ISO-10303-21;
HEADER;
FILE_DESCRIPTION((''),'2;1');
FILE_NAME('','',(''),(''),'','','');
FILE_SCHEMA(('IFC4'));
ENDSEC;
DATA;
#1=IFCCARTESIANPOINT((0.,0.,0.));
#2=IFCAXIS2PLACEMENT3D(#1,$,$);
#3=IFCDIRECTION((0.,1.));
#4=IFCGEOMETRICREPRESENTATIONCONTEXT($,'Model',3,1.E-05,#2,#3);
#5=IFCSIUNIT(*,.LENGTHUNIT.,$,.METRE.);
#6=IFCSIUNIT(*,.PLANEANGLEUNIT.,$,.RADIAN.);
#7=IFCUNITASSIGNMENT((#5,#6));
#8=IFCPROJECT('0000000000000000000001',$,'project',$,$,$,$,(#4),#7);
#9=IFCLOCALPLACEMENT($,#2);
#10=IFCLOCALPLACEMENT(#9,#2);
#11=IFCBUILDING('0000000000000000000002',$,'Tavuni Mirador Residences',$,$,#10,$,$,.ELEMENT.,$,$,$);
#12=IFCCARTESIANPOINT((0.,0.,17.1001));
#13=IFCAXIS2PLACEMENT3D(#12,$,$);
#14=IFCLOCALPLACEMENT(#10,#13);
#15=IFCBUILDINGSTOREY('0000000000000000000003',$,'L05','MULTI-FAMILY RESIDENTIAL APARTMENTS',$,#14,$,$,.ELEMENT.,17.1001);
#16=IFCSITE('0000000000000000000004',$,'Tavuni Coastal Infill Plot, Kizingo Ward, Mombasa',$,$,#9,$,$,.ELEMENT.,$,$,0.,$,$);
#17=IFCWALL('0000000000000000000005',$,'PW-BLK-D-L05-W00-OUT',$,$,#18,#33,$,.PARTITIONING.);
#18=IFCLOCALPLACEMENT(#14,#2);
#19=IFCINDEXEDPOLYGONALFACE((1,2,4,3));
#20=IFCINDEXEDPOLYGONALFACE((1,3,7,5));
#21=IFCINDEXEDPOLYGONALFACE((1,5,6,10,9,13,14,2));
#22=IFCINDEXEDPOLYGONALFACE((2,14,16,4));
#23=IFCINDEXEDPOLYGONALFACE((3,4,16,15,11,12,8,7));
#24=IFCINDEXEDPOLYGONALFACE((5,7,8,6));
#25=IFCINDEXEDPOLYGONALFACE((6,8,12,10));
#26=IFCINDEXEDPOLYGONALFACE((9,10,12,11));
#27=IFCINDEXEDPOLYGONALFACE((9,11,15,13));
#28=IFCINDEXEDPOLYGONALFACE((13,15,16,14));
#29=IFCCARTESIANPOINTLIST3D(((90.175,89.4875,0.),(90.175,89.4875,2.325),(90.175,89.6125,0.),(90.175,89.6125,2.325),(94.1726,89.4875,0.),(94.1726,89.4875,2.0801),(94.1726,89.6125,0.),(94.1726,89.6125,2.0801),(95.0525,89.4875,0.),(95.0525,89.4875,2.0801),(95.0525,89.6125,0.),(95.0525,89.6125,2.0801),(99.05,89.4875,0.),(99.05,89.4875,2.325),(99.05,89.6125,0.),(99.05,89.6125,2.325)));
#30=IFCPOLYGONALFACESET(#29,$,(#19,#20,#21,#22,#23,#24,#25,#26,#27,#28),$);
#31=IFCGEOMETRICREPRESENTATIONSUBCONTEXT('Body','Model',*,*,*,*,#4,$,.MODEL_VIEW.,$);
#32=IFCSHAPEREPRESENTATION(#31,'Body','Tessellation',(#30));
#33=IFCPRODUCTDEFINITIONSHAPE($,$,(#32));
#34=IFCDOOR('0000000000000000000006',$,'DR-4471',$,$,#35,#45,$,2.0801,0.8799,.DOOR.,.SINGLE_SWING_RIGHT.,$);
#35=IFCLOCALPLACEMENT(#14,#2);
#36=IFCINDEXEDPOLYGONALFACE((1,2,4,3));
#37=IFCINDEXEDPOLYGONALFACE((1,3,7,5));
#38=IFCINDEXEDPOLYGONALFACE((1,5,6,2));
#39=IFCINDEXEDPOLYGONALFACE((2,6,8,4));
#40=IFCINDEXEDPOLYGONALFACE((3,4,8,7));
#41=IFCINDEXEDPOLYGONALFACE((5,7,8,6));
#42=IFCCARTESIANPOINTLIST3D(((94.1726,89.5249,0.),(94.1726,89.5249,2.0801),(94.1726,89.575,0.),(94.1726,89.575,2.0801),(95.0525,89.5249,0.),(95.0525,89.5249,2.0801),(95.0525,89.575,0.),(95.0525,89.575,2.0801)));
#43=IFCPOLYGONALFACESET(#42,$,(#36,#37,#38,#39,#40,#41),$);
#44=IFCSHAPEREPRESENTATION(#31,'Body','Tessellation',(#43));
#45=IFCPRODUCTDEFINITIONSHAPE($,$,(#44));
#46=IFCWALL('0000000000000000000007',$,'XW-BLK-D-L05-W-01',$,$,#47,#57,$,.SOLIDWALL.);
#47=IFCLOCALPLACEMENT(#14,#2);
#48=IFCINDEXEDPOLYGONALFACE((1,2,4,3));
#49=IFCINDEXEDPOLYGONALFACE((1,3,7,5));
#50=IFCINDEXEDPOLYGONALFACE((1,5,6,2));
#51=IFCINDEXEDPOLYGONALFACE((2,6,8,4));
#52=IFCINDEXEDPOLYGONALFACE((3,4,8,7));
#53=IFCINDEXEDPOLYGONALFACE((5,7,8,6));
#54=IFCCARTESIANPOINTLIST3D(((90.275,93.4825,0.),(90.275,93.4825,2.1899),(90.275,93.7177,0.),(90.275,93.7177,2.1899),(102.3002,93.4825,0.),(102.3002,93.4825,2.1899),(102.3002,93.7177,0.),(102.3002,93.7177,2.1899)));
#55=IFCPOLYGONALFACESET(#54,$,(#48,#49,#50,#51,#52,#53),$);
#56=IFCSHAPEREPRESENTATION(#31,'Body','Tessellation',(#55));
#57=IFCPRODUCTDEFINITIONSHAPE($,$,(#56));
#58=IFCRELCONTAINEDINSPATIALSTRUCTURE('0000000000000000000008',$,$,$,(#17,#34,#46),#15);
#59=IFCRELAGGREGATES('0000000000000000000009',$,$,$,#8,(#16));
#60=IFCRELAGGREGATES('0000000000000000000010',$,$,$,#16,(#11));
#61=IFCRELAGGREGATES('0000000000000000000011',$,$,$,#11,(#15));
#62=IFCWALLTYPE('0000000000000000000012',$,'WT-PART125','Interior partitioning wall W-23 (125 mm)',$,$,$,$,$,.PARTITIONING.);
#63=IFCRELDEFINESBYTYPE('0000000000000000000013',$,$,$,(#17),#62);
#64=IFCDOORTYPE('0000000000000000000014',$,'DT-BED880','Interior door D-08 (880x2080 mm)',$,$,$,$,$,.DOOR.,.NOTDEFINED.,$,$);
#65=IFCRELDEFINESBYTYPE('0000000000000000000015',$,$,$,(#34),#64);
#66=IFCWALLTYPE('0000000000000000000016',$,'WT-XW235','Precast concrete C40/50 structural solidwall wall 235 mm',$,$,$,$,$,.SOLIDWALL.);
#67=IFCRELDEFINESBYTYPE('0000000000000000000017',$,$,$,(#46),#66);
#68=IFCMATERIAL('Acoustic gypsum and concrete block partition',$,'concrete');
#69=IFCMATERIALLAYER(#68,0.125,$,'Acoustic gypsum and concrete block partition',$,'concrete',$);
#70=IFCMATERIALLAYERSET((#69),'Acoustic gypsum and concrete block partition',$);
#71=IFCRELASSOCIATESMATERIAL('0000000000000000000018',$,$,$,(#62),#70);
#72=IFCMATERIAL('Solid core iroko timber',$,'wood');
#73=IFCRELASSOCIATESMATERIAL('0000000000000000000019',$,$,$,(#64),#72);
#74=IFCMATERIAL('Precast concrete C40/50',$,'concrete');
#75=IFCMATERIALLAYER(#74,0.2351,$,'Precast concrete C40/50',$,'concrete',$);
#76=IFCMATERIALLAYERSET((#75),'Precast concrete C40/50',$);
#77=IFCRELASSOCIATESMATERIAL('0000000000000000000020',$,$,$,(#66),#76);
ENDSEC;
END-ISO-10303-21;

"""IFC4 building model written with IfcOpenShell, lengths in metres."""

from ifc_helpers import new_model, si_unit, direction, frame, frame_2d, origin, place, context, subcontext, project, spatial, rectangle, extrude, material, layer, layer_set, type_object, element, fill, save


model = new_model("IFC4")

# Units and contexts
model_context = context("Model", 3, precision=1e-05, world=origin(), true_north=direction((0.0, 1.0)))
body_context = subcontext(model_context, "Body", "Model", "MODEL_VIEW")
ifc_project = project(units=[si_unit("LENGTHUNIT", "METRE"), si_unit("PLANEANGLEUNIT", "RADIAN")], contexts=[model_context])

# Site, building, storey
site_placement = place(None, origin())
site = spatial("IfcSite", under=ifc_project, at=site_placement, Name="Tavuni Coastal Infill Plot, Kizingo Ward, Mombasa", CompositionType="ELEMENT", RefElevation=0.0)
building_placement = place(site_placement, origin())
building = spatial("IfcBuilding", under=site, at=building_placement, Name="Tavuni Mirador Residences", CompositionType="ELEMENT")
storey_placement = place(building_placement, frame((0.0, 0.0, 17.1001)))
storey = spatial("IfcBuildingStorey", under=building, at=storey_placement, Name="L05", Description="MULTI-FAMILY RESIDENTIAL APARTMENTS", CompositionType="ELEMENT", Elevation=17.1001)

# Shared definitions
ifc_material_1 = material(Name="Precast concrete C40/50", Category="concrete")

# Wall, opening, door
ifc_material_2 = material(Name="Acoustic gypsum and concrete block partition", Category="concrete")
ifc_layer_1 = layer(ifc_material_2, 0.125, Name="Acoustic gypsum and concrete block partition", Category="concrete")
ifc_layer_set_1 = layer_set([ifc_layer_1], Name="Acoustic gypsum and concrete block partition")
wall_type_1 = type_object("IfcWallType", Name="WT-PART125", Description="Interior partitioning wall W-23 (125 mm)", PredefinedType="PARTITIONING", material=ifc_layer_set_1)
wall_1_placement = place(storey_placement, frame((90.175, 89.55, 0.0), z_axis=(0.0, 0.0, 1.0), x_axis=(1.0, 0.0, 0.0)))
wall_1 = element("IfcWall", 1, at=wall_1_placement, inside=storey, type_object=wall_type_1, Name="PW-BLK-D-L05-W00-OUT", PredefinedType="PARTITIONING", context=body_context, shape_type="SweptSolid", body=[
    extrude(rectangle(XDim=8.875, YDim=0.125, at=frame_2d((4.4375, 0.0))), origin(), (0.0, 0.0, 1.0), 2.325),
])
opening_1_placement = place(wall_1_placement, frame((3.9976, 0.0, 0.0)))
opening_1 = element("IfcOpeningElement", 2, at=opening_1_placement, cuts=wall_1, PredefinedType="OPENING", context=body_context, shape_type="SweptSolid", body=[
    extrude(rectangle(XDim=0.8799, YDim=2.0801, at=frame_2d((0.4399, 1.04))), frame((0.0, 0.0725, 0.0), z_axis=(0.0, -1.0, 0.0), x_axis=(1.0, 0.0, 0.0)), (0.0, 0.0, 1.0), 0.145),
])
ifc_material_3 = material(Name="Solid core iroko timber", Category="wood")
door_type = type_object("IfcDoorType", Name="DT-BED880", Description="Interior door D-08 (880x2080 mm)", OperationType="NOTDEFINED", PredefinedType="DOOR", material=ifc_material_3)
door_placement = place(opening_1_placement, origin())
door = element("IfcDoor", 3, at=door_placement, inside=storey, type_object=door_type, Name="DR-4471", OperationType="SINGLE_SWING_RIGHT", OverallHeight=2.0801, OverallWidth=0.8799, PredefinedType="DOOR", context=body_context, shape_type="SweptSolid", body=[
    extrude(rectangle(XDim=0.8799, YDim=2.0801, at=frame_2d((0.4399, 1.04))), frame((0.0, 0.0249, 0.0), z_axis=(0.0, -1.0, 0.0), x_axis=(1.0, 0.0, 0.0)), (0.0, 0.0, 1.0), 0.05),
])
fill(opening_1, door)

# Wall
ifc_layer_2 = layer(ifc_material_1, 0.2351, Name="Precast concrete C40/50", Category="concrete")
ifc_layer_set_2 = layer_set([ifc_layer_2], Name="Precast concrete C40/50")
wall_type_2 = type_object("IfcWallType", Name="WT-XW235", Description="Precast concrete C40/50 structural solidwall wall 235 mm", PredefinedType="SOLIDWALL", material=ifc_layer_set_2)
wall_2_placement = place(storey_placement, frame((90.2749, 93.6001, 0.0), z_axis=(0.0, 0.0, 1.0), x_axis=(1.0, 0.0, 0.0)))
element("IfcWall", 4, at=wall_2_placement, inside=storey, type_object=wall_type_2, Name="XW-BLK-D-L05-W-01", PredefinedType="SOLIDWALL", context=body_context, shape_type="SweptSolid", body=[
    extrude(rectangle(XDim=12.0251, YDim=0.2351, at=frame_2d((6.0127, 0.0))), origin(), (0.0, 0.0, 1.0), 2.1899),
])

save(model, "model.ifc")
